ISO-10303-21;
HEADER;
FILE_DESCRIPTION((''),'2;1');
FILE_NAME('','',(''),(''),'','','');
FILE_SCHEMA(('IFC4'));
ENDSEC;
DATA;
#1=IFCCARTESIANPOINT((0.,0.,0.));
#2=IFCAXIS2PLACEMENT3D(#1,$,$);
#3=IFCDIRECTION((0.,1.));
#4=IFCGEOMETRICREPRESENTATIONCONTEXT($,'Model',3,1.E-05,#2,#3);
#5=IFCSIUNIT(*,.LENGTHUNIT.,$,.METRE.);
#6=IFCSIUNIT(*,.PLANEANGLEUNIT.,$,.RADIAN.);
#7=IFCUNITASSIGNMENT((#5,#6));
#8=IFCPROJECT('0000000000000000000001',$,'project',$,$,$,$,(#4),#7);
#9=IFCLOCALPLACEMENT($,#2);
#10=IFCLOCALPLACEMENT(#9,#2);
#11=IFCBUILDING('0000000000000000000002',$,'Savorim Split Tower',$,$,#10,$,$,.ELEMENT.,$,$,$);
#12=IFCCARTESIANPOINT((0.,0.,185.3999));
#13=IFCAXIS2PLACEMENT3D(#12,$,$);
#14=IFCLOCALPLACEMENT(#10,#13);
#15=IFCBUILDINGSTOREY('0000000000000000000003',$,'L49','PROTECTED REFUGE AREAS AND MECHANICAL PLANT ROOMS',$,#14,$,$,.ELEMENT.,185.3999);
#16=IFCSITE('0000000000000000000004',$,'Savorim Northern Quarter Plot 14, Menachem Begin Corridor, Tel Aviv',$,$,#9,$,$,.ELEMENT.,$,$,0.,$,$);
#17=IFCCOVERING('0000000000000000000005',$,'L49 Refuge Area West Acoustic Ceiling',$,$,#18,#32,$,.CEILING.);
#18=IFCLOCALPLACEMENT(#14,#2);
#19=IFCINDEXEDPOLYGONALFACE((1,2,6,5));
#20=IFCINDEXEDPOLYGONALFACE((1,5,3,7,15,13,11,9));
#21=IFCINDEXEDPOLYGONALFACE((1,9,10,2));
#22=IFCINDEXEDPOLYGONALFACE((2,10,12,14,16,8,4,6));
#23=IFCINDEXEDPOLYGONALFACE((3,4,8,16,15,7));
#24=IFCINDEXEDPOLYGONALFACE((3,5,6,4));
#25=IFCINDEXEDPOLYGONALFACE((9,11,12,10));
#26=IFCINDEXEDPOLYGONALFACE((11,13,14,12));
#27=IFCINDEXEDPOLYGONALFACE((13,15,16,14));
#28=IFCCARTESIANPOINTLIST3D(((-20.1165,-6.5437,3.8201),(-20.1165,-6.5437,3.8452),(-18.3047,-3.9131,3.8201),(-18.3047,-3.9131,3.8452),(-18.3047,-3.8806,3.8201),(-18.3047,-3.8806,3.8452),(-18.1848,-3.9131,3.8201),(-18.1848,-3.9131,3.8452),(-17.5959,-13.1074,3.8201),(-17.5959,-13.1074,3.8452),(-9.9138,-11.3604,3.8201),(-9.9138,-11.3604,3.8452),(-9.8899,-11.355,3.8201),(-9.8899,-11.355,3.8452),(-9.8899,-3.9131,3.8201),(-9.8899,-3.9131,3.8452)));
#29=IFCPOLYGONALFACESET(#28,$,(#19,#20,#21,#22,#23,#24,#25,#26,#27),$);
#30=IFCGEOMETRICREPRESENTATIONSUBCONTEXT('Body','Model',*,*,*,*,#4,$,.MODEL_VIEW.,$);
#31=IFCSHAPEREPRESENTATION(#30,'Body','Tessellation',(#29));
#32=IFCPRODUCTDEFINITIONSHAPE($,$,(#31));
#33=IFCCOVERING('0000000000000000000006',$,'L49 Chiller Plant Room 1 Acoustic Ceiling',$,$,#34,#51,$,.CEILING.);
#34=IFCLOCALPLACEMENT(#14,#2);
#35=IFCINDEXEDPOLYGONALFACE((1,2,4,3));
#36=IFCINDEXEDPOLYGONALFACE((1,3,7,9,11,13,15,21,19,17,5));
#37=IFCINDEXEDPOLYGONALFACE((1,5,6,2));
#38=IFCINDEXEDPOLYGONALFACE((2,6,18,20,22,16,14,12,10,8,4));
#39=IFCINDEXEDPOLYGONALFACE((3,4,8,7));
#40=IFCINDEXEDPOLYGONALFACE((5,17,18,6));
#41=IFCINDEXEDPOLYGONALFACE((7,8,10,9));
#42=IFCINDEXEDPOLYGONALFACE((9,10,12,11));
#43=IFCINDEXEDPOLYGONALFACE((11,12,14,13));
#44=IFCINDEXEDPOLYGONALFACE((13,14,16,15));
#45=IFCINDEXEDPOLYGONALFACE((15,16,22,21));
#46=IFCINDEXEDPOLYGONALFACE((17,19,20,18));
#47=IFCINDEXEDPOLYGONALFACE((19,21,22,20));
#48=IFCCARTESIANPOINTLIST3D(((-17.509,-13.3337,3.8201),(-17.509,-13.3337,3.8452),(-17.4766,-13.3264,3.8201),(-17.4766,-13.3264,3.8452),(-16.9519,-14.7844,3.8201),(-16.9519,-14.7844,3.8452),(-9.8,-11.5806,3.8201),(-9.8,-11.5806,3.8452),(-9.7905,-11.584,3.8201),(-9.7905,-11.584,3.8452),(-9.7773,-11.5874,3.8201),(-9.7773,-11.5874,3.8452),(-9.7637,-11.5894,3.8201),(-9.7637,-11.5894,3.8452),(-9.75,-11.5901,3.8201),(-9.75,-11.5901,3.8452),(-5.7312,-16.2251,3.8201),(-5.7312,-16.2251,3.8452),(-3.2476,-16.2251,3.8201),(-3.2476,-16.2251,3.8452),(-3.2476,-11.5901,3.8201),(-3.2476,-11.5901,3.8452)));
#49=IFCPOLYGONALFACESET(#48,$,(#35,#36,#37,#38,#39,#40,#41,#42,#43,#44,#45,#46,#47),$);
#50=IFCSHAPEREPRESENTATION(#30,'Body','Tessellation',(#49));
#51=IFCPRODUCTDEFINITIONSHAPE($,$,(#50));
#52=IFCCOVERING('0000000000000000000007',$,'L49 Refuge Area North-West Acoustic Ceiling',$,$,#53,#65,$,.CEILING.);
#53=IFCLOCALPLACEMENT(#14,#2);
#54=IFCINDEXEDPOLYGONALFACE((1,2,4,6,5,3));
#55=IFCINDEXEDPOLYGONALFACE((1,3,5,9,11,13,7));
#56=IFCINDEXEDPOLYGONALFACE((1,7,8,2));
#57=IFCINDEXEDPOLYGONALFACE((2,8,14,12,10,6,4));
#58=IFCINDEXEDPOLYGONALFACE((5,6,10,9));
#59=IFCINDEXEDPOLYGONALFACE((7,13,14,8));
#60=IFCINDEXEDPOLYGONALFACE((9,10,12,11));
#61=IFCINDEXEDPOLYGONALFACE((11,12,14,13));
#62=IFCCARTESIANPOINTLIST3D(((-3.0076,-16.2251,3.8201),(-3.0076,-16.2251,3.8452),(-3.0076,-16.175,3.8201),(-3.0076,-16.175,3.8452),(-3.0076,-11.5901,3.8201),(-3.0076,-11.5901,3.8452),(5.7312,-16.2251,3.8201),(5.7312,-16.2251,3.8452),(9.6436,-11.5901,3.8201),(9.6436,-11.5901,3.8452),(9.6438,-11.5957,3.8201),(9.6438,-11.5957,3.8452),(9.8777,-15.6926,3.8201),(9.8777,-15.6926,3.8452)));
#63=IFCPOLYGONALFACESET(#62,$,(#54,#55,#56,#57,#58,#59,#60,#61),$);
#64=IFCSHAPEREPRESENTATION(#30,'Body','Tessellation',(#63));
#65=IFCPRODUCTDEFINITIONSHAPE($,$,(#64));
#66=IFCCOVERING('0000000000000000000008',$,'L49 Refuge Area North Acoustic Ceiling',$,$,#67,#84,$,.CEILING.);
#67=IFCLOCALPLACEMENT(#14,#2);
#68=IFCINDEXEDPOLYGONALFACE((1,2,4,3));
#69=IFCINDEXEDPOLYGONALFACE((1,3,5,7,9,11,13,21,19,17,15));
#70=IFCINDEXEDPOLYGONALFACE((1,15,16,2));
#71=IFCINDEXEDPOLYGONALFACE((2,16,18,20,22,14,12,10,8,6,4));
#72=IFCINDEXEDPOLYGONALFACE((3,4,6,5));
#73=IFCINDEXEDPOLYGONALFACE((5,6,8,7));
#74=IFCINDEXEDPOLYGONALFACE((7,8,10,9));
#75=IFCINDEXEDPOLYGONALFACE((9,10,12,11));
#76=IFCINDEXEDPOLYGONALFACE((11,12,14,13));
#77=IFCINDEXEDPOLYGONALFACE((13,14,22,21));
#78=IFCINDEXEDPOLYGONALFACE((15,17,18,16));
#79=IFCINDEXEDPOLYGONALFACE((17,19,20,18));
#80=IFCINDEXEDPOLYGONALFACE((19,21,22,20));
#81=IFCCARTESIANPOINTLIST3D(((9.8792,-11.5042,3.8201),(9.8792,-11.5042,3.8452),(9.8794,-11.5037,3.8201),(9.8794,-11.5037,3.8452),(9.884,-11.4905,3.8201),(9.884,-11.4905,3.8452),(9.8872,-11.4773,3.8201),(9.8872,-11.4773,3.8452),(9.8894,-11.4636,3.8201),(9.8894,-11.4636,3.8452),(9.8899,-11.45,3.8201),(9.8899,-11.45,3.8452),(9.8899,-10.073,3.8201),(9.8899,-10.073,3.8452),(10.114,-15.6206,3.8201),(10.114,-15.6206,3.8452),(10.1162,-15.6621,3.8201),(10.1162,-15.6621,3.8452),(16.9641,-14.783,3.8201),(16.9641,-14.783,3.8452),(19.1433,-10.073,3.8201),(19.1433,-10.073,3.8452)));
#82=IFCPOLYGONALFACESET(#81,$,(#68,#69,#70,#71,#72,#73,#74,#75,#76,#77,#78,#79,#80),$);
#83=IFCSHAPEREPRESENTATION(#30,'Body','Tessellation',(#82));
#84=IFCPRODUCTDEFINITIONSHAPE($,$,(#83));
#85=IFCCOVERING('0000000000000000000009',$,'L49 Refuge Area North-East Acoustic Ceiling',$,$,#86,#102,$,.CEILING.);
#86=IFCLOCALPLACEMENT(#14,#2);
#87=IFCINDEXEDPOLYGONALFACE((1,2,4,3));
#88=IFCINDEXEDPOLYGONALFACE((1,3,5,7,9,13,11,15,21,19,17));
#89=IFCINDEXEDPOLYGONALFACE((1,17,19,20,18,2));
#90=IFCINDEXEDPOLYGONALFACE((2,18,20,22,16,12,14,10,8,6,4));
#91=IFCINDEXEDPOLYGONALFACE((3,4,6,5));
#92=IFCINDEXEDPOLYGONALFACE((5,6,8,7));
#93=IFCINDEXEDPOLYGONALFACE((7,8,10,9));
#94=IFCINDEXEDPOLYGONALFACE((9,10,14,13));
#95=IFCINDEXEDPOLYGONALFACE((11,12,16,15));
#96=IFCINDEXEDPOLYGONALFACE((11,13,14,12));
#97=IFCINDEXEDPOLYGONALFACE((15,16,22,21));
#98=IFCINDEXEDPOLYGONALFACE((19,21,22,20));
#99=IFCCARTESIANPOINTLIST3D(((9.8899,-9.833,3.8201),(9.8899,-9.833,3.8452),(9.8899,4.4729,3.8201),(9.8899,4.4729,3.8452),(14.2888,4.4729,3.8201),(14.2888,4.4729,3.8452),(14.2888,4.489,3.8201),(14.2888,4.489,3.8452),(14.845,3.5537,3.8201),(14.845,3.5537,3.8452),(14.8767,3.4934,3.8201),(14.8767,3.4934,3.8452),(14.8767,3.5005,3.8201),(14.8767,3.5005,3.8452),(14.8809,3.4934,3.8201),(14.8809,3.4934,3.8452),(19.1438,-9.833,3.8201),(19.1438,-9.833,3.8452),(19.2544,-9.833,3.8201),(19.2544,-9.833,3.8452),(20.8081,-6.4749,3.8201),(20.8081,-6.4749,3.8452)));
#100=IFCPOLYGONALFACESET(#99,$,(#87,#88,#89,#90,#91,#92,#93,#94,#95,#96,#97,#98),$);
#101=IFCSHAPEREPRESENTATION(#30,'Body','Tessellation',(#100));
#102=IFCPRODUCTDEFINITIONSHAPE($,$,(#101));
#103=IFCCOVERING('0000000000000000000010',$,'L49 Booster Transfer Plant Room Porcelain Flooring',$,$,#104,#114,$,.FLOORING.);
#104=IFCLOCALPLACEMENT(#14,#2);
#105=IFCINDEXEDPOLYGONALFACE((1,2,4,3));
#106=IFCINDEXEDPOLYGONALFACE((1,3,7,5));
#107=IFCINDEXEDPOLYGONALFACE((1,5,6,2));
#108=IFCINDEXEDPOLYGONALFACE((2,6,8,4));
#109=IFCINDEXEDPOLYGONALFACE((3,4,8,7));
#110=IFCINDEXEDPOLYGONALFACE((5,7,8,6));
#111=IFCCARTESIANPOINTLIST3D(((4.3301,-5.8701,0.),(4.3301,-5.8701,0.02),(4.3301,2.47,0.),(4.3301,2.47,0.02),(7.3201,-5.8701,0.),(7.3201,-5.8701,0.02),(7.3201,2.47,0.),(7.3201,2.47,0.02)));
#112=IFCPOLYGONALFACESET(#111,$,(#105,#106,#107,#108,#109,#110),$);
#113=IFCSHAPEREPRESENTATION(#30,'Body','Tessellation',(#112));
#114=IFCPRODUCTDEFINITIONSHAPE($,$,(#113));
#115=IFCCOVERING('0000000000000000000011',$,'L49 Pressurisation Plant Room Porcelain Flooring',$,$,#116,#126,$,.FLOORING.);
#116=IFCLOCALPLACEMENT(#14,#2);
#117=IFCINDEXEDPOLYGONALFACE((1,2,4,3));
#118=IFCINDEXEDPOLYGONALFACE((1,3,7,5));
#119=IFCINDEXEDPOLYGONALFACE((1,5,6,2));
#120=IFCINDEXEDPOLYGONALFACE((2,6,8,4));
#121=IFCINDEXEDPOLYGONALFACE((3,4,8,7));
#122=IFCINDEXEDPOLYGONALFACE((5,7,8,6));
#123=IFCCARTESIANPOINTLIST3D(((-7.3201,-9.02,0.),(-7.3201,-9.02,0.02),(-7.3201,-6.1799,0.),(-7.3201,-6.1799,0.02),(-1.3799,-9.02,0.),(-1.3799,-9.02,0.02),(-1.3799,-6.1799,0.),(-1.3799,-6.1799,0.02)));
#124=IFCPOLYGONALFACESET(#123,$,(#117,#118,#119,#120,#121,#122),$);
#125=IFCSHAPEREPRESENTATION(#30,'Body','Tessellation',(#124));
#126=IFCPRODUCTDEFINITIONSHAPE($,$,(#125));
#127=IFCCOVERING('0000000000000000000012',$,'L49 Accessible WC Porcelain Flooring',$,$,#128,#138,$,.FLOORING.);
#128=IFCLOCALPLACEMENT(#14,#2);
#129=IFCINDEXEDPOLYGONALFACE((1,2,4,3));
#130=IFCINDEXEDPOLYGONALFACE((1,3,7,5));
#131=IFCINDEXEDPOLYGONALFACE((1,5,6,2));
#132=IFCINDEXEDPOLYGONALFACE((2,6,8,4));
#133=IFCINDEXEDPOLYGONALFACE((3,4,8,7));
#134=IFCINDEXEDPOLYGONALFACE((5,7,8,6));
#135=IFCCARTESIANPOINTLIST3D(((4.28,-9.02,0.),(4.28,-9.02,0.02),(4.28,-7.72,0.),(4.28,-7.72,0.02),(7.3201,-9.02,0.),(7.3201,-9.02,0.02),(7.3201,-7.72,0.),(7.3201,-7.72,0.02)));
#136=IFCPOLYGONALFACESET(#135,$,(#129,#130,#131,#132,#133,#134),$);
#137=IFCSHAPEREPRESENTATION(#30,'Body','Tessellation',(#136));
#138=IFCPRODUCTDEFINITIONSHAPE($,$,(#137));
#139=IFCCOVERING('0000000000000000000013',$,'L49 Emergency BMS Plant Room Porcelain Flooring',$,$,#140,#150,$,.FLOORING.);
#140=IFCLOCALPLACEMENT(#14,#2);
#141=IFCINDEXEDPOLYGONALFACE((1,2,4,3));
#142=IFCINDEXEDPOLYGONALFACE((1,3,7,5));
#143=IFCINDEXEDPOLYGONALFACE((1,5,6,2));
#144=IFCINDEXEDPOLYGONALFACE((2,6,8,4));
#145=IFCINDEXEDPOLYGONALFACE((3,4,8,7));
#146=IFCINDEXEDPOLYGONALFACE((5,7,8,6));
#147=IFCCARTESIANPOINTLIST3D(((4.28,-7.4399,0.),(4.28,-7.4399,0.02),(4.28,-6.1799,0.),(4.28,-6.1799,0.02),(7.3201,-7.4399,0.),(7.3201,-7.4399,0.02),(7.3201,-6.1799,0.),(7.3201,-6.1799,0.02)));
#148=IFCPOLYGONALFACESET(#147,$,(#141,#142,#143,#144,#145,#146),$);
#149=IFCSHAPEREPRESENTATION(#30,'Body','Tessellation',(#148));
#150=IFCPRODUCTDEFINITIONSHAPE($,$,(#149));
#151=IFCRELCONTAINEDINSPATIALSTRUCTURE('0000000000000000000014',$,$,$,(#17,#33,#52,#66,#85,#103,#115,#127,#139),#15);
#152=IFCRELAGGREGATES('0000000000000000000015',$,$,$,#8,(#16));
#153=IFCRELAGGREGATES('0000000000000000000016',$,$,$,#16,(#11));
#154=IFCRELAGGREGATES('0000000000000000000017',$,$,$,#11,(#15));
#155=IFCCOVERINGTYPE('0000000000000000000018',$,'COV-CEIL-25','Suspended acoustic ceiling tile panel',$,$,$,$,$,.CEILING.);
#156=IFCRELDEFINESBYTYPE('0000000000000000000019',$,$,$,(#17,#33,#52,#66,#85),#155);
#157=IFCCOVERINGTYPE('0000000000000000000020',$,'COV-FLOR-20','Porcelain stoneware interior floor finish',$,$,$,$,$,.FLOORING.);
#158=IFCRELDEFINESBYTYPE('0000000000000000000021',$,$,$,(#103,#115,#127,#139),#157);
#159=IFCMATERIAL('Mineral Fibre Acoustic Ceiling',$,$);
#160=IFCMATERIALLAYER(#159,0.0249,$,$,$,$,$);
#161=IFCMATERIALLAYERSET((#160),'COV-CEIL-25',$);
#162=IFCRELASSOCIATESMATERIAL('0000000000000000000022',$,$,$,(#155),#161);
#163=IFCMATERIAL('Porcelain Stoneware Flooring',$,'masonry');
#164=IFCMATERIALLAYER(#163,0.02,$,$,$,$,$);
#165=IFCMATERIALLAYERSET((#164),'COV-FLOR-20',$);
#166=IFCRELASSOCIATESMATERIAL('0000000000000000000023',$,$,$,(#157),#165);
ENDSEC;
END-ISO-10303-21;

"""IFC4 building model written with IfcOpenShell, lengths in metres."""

from ifc_helpers import new_model, si_unit, direction, frame, origin, place, context, subcontext, project, spatial, polyline, outline, extrude, material, layer, layer_set, type_object, element, save


model = new_model("IFC4")

# Units and contexts
model_context = context("Model", 3, precision=1e-05, world=origin(), true_north=direction((0.0, 1.0)))
body_context = subcontext(model_context, "Body", "Model", "MODEL_VIEW")
ifc_project = project(units=[si_unit("LENGTHUNIT", "METRE"), si_unit("PLANEANGLEUNIT", "RADIAN")], contexts=[model_context])

# Site, building, storey
site_placement = place(None, origin())
site = spatial("IfcSite", under=ifc_project, at=site_placement, Name="Savorim Northern Quarter Plot 14, Menachem Begin Corridor, Tel Aviv", CompositionType="ELEMENT", RefElevation=0.0)
building_placement = place(site_placement, origin())
building = spatial("IfcBuilding", under=site, at=building_placement, Name="Savorim Split Tower", CompositionType="ELEMENT")
storey_placement = place(building_placement, frame((0.0, 0.0, 185.3999)))
storey = spatial("IfcBuildingStorey", under=building, at=storey_placement, Name="L49", Description="PROTECTED REFUGE AREAS AND MECHANICAL PLANT ROOMS", CompositionType="ELEMENT", Elevation=185.3999)

# Coverings
ifc_material_1 = material(Name="Mineral Fibre Acoustic Ceiling")
ifc_layer_1 = layer(ifc_material_1, 0.0249)
ifc_layer_set_1 = layer_set([ifc_layer_1], Name="COV-CEIL-25")
covering_type_1 = type_object("IfcCoveringType", Name="COV-CEIL-25", Description="Suspended acoustic ceiling tile panel", PredefinedType="CEILING", material=ifc_layer_set_1)
covering_1_placement = place(storey_placement, frame((0.0, 0.0, 3.8201)))
element("IfcCovering", 1, at=covering_1_placement, inside=storey, type_object=covering_type_1, Name="L49 Refuge Area West Acoustic Ceiling", PredefinedType="CEILING", context=body_context, shape_type="SweptSolid", body=[
    extrude(outline(polyline([(-18.3047, -3.9131), (-18.3047, -3.8806), (-20.1165, -6.5437), (-17.5959, -13.1074), (-9.9138, -11.3604), (-9.8899, -11.355), (-9.8899, -3.9131), (-18.1848, -3.9131), (-18.3047, -3.9131)])), origin(), (0.0, 0.0, 1.0), 0.0251),
])
covering_2_placement = place(storey_placement, frame((0.0, 0.0, 3.8201)))
element("IfcCovering", 2, at=covering_2_placement, inside=storey, type_object=covering_type_1, Name="L49 Chiller Plant Room 1 Acoustic Ceiling", PredefinedType="CEILING", context=body_context, shape_type="SweptSolid", body=[
    extrude(outline(polyline([(-17.509, -13.3337), (-16.9519, -14.7844), (-5.7312, -16.2251), (-3.2476, -16.2251), (-3.2476, -11.5901), (-9.75, -11.5901), (-9.7637, -11.5894), (-9.7773, -11.5874), (-9.7905, -11.584), (-9.8, -11.5806), (-17.4766, -13.3264), (-17.509, -13.3337)])), origin(), (0.0, 0.0, 1.0), 0.0251),
])
covering_3_placement = place(storey_placement, frame((0.0, 0.0, 3.8201)))
element("IfcCovering", 3, at=covering_3_placement, inside=storey, type_object=covering_type_1, Name="L49 Refuge Area North-West Acoustic Ceiling", PredefinedType="CEILING", context=body_context, shape_type="SweptSolid", body=[
    extrude(outline(polyline([(-3.0076, -16.175), (-3.0076, -16.2251), (5.7312, -16.2251), (9.8777, -15.6926), (9.6438, -11.5957), (9.6436, -11.5901), (-3.0076, -11.5901), (-3.0076, -16.175)])), origin(), (0.0, 0.0, 1.0), 0.0251),
])
covering_4_placement = place(storey_placement, frame((0.0, 0.0, 3.8201)))
element("IfcCovering", 4, at=covering_4_placement, inside=storey, type_object=covering_type_1, Name="L49 Refuge Area North Acoustic Ceiling", PredefinedType="CEILING", context=body_context, shape_type="SweptSolid", body=[
    extrude(outline(polyline([(10.114, -15.6206), (10.1162, -15.6621), (16.9641, -14.783), (19.1433, -10.073), (9.8899, -10.073), (9.8899, -11.45), (9.8894, -11.4636), (9.8872, -11.4773), (9.884, -11.4905), (9.8794, -11.5037), (9.8792, -11.5042), (10.114, -15.6206)])), origin(), (0.0, 0.0, 1.0), 0.0251),
])
covering_5_placement = place(storey_placement, frame((0.0, 0.0, 3.8201)))
element("IfcCovering", 5, at=covering_5_placement, inside=storey, type_object=covering_type_1, Name="L49 Refuge Area North-East Acoustic Ceiling", PredefinedType="CEILING", context=body_context, shape_type="SweptSolid", body=[
    extrude(outline(polyline([(14.8767, 3.4934), (14.8767, 3.5005), (14.845, 3.5537), (14.2888, 4.489), (14.2888, 4.4729), (9.8899, 4.4729), (9.8899, -9.833), (19.1438, -9.833), (19.2544, -9.833), (20.8081, -6.4749), (14.8809, 3.4934), (14.8767, 3.4934)])), origin(), (0.0, 0.0, 1.0), 0.0251),
])
ifc_material_2 = material(Name="Porcelain Stoneware Flooring", Category="masonry")
ifc_layer_2 = layer(ifc_material_2, 0.02)
ifc_layer_set_2 = layer_set([ifc_layer_2], Name="COV-FLOR-20")
covering_type_2 = type_object("IfcCoveringType", Name="COV-FLOR-20", Description="Porcelain stoneware interior floor finish", PredefinedType="FLOORING", material=ifc_layer_set_2)
covering_6_placement = place(storey_placement, origin())
element("IfcCovering", 6, at=covering_6_placement, inside=storey, type_object=covering_type_2, Name="L49 Booster Transfer Plant Room Porcelain Flooring", PredefinedType="FLOORING", context=body_context, shape_type="SweptSolid", body=[
    extrude(outline(polyline([(4.3301, 2.47), (4.3301, -5.8701), (7.3201, -5.8701), (7.3201, 2.47), (4.3301, 2.47)])), origin(), (0.0, 0.0, 1.0), 0.02),
])
covering_7_placement = place(storey_placement, origin())
element("IfcCovering", 7, at=covering_7_placement, inside=storey, type_object=covering_type_2, Name="L49 Pressurisation Plant Room Porcelain Flooring", PredefinedType="FLOORING", context=body_context, shape_type="SweptSolid", body=[
    extrude(outline(polyline([(-7.3201, -6.1799), (-7.3201, -9.02), (-1.3799, -9.02), (-1.3799, -6.1799), (-7.3201, -6.1799)])), origin(), (0.0, 0.0, 1.0), 0.02),
])
covering_8_placement = place(storey_placement, origin())
element("IfcCovering", 8, at=covering_8_placement, inside=storey, type_object=covering_type_2, Name="L49 Accessible WC Porcelain Flooring", PredefinedType="FLOORING", context=body_context, shape_type="SweptSolid", body=[
    extrude(outline(polyline([(4.28, -7.72), (4.28, -9.02), (7.3201, -9.02), (7.3201, -7.72), (4.28, -7.72)])), origin(), (0.0, 0.0, 1.0), 0.02),
])
covering_9_placement = place(storey_placement, origin())
element("IfcCovering", 9, at=covering_9_placement, inside=storey, type_object=covering_type_2, Name="L49 Emergency BMS Plant Room Porcelain Flooring", PredefinedType="FLOORING", context=body_context, shape_type="SweptSolid", body=[
    extrude(outline(polyline([(4.28, -6.1799), (4.28, -7.4399), (7.3201, -7.4399), (7.3201, -6.1799), (4.28, -6.1799)])), origin(), (0.0, 0.0, 1.0), 0.02),
])

save(model, "model.ifc")
